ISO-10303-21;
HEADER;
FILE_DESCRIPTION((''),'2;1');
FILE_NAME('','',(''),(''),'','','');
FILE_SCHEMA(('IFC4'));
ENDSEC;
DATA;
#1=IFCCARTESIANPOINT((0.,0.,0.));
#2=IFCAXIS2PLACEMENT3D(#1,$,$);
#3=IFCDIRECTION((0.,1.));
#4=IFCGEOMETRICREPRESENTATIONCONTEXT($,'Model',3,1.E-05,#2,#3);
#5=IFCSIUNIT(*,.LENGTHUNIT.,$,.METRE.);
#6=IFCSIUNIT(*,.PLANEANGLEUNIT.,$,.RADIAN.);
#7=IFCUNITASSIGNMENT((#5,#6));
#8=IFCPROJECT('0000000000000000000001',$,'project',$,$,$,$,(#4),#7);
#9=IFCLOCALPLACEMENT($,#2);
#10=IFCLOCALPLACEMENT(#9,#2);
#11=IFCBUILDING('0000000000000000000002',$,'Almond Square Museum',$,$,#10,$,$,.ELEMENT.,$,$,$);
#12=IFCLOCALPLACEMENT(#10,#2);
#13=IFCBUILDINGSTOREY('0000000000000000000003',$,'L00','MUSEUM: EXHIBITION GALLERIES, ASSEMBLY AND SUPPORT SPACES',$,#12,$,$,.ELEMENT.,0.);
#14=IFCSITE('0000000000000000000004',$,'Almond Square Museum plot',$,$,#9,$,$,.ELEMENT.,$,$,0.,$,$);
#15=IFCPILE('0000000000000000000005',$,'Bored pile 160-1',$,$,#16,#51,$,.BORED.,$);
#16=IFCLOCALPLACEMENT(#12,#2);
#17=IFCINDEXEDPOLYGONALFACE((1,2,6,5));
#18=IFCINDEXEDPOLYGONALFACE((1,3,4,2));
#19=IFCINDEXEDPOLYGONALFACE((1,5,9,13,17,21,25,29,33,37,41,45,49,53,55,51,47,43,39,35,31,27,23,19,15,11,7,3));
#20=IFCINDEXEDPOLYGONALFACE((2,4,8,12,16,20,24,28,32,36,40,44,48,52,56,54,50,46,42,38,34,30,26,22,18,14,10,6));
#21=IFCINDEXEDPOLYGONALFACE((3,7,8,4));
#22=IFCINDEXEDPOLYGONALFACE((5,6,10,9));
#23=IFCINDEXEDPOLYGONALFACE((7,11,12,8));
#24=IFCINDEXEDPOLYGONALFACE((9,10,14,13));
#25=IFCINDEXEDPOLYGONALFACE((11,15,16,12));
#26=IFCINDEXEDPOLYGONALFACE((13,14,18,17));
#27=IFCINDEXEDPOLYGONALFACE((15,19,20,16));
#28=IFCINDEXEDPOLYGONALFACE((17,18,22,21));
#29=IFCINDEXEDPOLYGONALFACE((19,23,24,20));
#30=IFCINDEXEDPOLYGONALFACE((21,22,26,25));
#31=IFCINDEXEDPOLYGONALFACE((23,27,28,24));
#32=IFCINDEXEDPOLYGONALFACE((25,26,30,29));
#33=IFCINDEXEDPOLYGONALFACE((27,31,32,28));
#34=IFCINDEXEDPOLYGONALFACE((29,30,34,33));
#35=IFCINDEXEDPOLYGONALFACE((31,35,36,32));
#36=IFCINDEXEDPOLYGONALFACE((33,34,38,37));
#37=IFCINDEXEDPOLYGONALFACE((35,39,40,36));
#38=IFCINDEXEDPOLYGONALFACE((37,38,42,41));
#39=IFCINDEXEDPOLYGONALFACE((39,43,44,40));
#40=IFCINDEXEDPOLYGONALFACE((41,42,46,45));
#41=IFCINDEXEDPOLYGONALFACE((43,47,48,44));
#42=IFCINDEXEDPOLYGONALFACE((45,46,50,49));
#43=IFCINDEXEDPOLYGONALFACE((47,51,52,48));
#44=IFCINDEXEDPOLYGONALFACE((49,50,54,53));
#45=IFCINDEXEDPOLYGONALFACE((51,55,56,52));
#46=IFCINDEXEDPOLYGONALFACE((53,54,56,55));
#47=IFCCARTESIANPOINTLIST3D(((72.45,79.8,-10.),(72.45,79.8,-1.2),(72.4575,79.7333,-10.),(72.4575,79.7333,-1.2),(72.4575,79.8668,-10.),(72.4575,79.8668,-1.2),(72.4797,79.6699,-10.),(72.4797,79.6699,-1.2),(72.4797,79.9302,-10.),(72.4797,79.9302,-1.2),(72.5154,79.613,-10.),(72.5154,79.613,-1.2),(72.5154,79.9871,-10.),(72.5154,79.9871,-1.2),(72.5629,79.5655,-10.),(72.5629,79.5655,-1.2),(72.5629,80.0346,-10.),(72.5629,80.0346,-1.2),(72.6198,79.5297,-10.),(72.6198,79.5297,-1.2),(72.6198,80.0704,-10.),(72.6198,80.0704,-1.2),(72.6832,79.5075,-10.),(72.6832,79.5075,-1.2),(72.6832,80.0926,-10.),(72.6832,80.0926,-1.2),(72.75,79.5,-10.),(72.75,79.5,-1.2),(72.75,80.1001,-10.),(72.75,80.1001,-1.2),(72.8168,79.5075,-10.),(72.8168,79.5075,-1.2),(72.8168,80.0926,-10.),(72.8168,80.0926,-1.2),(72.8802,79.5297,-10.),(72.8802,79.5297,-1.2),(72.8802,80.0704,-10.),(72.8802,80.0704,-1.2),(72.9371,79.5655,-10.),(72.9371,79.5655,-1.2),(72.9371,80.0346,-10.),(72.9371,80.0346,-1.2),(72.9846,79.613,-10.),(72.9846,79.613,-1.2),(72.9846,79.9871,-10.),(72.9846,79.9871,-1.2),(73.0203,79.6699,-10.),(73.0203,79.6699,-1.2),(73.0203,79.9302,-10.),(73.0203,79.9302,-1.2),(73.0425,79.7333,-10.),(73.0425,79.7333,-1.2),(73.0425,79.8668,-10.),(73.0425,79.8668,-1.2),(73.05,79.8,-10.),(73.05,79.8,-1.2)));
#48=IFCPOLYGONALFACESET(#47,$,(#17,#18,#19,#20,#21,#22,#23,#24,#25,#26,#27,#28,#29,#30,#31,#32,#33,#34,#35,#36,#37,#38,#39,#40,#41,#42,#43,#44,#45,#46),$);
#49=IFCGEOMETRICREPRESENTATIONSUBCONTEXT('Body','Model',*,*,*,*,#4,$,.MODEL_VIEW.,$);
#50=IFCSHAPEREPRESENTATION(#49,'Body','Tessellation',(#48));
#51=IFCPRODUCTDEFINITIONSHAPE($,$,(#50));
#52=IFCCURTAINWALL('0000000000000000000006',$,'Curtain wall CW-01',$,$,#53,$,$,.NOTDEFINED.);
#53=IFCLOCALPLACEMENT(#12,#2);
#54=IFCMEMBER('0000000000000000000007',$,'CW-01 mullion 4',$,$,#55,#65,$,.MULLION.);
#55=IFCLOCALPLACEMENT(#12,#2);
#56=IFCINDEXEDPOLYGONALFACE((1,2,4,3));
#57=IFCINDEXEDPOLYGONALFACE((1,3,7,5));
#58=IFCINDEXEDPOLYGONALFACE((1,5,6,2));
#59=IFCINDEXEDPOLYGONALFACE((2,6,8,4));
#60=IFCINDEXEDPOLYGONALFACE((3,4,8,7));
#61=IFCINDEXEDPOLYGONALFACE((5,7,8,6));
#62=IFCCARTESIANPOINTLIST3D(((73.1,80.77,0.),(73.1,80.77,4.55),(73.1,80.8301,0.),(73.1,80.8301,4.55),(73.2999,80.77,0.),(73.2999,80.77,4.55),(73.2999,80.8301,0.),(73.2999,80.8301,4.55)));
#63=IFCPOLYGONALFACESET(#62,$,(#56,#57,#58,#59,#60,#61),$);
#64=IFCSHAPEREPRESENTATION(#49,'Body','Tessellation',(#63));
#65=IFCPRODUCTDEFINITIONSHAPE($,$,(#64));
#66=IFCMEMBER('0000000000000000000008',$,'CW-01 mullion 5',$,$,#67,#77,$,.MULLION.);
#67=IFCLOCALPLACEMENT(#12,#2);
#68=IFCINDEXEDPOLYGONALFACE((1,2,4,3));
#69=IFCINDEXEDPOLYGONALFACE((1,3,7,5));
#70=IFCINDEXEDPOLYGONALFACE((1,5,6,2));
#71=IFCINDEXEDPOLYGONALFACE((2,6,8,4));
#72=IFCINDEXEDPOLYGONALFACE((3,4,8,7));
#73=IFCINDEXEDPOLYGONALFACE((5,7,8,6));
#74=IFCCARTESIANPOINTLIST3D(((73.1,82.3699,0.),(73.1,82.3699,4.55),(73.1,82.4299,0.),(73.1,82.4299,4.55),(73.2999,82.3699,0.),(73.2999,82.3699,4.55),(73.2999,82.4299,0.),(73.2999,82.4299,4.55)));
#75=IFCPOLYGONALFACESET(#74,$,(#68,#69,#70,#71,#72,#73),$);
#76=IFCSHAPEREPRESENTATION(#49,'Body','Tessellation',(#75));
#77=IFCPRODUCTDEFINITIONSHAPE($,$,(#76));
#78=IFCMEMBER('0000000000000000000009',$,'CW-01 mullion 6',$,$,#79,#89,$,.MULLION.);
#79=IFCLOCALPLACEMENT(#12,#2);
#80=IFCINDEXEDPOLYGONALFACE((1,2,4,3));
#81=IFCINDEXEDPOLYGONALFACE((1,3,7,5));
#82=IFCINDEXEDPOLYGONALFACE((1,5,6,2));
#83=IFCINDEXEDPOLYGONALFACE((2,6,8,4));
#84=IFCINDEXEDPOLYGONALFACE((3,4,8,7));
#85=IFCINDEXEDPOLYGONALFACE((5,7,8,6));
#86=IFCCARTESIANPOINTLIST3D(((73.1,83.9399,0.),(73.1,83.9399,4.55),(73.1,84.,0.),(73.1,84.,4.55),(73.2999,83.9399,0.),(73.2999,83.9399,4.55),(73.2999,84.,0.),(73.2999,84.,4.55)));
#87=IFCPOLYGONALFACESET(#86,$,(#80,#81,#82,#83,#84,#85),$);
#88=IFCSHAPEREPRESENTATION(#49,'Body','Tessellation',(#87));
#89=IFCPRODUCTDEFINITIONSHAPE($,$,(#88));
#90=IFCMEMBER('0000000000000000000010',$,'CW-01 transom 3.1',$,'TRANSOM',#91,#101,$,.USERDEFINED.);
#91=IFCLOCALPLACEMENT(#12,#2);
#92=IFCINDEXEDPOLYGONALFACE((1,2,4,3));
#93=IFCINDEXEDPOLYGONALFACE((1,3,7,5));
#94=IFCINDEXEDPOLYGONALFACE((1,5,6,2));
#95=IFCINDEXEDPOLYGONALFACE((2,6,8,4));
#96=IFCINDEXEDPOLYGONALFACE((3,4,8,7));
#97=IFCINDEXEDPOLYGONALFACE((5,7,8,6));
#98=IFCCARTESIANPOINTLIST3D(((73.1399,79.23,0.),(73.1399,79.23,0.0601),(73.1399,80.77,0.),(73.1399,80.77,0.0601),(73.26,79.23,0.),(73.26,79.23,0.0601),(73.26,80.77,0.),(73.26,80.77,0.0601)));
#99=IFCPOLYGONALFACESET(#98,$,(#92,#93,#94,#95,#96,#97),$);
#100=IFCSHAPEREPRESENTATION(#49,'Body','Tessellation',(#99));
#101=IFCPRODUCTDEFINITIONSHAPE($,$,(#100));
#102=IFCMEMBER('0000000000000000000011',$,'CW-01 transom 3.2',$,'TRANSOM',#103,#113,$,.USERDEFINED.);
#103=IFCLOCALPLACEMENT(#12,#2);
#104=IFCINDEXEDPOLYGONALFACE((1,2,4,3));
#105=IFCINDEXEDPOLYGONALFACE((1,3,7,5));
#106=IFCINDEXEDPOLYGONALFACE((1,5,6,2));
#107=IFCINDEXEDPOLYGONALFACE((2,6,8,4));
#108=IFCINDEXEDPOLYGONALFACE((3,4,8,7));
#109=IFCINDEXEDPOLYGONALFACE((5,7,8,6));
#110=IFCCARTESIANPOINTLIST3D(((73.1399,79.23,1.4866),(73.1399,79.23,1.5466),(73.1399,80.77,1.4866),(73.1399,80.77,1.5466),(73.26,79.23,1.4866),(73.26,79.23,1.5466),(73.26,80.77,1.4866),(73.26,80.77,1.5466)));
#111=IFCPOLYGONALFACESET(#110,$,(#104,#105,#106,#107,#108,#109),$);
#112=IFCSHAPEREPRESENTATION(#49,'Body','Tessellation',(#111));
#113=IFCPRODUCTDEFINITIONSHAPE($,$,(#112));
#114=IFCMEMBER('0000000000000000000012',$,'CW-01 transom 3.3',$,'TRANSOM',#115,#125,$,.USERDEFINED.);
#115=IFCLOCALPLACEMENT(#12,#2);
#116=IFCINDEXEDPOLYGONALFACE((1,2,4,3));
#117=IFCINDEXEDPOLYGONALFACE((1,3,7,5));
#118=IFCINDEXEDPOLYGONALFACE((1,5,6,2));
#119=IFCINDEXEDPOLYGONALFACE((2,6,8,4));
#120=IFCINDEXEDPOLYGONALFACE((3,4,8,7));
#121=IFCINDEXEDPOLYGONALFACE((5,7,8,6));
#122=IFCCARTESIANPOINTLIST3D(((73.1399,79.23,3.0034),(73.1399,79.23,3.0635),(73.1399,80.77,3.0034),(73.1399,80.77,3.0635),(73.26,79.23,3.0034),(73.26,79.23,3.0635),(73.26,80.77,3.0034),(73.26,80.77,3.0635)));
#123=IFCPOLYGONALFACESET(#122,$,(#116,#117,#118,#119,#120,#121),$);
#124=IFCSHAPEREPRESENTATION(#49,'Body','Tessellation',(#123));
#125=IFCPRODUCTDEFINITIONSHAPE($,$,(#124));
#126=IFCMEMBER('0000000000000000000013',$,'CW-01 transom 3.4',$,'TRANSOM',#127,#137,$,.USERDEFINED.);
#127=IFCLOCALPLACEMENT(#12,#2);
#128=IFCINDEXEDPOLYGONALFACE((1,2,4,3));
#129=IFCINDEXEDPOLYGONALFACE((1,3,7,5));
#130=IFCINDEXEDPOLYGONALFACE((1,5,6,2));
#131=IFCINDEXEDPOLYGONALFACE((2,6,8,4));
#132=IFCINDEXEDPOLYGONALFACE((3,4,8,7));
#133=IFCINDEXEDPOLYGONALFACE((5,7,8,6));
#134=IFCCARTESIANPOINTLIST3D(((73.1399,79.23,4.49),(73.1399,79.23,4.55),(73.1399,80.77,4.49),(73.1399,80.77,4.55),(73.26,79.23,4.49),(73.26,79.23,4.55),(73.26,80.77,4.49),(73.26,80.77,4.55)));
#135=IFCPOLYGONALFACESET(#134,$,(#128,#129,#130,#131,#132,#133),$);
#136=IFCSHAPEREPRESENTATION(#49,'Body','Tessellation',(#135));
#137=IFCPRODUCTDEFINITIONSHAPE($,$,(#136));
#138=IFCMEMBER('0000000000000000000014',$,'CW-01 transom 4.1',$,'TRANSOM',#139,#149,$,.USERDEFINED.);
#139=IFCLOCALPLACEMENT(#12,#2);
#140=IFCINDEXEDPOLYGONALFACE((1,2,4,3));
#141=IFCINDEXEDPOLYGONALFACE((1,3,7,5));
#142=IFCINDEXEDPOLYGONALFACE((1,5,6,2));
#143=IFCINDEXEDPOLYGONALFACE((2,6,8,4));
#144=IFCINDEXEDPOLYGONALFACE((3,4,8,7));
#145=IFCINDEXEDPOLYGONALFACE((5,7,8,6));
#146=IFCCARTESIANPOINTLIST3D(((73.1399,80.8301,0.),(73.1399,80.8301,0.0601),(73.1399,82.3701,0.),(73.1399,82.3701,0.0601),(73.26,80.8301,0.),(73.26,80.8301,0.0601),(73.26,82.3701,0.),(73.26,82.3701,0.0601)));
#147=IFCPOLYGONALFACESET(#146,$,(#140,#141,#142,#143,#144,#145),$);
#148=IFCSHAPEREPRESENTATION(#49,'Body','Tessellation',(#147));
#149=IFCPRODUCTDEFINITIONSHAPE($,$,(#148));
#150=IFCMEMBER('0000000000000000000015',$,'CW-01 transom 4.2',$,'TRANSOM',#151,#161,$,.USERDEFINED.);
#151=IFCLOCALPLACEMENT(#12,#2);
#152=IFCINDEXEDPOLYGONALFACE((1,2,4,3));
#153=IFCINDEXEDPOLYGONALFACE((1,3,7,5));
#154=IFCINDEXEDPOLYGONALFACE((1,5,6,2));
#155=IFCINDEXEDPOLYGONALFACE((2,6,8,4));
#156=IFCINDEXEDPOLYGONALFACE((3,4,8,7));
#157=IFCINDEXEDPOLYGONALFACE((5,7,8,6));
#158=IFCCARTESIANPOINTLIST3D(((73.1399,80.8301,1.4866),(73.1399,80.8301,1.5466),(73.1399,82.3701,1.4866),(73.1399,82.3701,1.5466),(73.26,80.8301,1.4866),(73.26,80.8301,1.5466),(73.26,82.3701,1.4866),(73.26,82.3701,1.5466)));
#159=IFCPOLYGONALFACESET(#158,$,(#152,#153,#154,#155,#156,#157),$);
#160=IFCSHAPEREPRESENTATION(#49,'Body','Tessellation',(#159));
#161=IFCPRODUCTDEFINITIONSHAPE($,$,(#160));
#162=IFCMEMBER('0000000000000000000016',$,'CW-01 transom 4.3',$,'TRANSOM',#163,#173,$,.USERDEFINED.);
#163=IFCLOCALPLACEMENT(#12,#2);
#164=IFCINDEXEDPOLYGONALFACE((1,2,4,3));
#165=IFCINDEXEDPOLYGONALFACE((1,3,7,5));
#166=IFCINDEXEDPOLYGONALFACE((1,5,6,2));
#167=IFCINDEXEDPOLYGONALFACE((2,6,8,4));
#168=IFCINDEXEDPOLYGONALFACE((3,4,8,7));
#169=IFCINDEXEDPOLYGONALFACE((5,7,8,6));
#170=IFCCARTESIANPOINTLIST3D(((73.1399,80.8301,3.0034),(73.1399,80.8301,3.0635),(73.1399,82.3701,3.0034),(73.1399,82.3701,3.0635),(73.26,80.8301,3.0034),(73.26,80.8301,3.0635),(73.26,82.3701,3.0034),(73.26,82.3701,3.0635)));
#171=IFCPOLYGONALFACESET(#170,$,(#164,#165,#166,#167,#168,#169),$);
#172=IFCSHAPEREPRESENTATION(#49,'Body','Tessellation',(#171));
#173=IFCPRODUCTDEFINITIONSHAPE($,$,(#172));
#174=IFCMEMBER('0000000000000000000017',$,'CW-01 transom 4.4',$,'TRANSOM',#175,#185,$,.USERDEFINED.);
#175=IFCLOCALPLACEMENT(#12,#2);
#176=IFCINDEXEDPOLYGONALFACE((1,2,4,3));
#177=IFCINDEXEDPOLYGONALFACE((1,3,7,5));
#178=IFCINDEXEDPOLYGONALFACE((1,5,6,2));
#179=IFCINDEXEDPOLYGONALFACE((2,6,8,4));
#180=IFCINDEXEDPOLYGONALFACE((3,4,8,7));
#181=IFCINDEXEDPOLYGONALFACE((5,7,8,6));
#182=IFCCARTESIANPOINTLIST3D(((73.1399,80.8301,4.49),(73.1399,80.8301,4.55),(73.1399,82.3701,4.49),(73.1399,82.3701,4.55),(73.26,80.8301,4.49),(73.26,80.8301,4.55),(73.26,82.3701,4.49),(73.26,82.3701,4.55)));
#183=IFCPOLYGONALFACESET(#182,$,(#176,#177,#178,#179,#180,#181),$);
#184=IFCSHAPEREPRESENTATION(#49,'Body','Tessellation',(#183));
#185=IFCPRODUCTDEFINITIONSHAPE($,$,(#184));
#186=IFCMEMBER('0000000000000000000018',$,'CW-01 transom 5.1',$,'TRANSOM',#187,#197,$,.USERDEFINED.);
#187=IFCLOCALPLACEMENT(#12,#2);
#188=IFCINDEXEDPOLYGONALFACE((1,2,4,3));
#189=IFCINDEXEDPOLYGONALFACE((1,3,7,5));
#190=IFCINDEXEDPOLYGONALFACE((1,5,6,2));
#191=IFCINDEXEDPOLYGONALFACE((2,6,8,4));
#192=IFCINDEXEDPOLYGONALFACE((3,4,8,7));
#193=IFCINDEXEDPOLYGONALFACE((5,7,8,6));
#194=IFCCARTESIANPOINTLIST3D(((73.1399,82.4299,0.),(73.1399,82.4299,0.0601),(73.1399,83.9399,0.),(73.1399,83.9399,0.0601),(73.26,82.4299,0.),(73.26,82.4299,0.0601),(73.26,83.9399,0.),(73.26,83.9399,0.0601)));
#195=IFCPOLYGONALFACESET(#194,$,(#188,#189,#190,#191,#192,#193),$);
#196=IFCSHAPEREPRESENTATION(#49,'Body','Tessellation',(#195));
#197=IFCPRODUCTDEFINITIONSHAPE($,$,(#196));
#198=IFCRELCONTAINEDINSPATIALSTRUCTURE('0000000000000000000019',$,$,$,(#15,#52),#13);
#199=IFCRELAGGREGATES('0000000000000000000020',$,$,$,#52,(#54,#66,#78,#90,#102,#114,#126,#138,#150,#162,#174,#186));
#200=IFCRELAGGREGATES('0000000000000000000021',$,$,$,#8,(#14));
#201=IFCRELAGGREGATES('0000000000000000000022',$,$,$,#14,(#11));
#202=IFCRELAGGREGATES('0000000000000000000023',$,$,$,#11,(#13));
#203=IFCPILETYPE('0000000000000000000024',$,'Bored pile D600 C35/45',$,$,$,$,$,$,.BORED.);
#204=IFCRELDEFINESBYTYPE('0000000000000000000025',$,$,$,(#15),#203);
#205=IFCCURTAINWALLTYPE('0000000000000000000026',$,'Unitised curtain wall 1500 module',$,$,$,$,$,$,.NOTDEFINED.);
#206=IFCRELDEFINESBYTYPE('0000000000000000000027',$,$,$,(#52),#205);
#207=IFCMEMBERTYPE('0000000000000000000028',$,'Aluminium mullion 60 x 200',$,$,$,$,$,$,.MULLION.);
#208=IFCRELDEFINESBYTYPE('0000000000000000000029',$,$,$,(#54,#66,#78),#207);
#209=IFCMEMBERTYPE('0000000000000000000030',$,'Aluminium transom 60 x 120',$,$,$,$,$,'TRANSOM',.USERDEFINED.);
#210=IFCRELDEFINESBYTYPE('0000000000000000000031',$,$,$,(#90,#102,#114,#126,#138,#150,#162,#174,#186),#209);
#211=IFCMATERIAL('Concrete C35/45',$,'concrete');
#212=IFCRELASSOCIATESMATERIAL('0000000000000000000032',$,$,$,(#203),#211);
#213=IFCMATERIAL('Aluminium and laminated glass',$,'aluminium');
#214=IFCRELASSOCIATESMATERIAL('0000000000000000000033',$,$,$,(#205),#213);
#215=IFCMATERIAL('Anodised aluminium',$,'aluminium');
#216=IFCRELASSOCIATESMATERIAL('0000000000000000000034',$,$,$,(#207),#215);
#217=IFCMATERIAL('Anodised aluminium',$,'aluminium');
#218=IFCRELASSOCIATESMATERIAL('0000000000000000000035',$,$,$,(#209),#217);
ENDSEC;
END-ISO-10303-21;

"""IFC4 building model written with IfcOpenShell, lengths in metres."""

from ifc_helpers import new_model, si_unit, direction, frame, origin, origin_2d, place, context, subcontext, project, spatial, rectangle, circle, extrude, material, material_profile, profile_set, type_object, element, aggregate, save


model = new_model("IFC4")

# Units and contexts
model_context = context("Model", 3, precision=1e-05, world=origin(), true_north=direction((0.0, 1.0)))
body_context = subcontext(model_context, "Body", "Model", "MODEL_VIEW")
ifc_project = project(units=[si_unit("LENGTHUNIT", "METRE"), si_unit("PLANEANGLEUNIT", "RADIAN")], contexts=[model_context])

# Site, building, storey
site_placement = place(None, origin())
site = spatial("IfcSite", under=ifc_project, at=site_placement, Name="Almond Square Museum plot", CompositionType="ELEMENT", RefElevation=0.0)
building_placement = place(site_placement, origin())
building = spatial("IfcBuilding", under=site, at=building_placement, Name="Almond Square Museum", CompositionType="ELEMENT")
storey_placement = place(building_placement, origin())
storey = spatial("IfcBuildingStorey", under=building, at=storey_placement, Name="L00", Description="MUSEUM: EXHIBITION GALLERIES, ASSEMBLY AND SUPPORT SPACES", CompositionType="ELEMENT", Elevation=0.0)

# Pile
ifc_material_1 = material(Name="Concrete C35/45", Category="concrete")
ifc_material_profile_1 = material_profile(ifc_material_1, circle(Radius=0.3, at=origin_2d()))
ifc_profile_set_1 = profile_set([ifc_material_profile_1], Name="Concrete C35/45")
pile_type = type_object("IfcPileType", Name="Bored pile D600 C35/45", PredefinedType="BORED", material=ifc_profile_set_1)
pile_placement = place(storey_placement, frame((72.75, 79.8, -1.2), z_axis=(0.0, 0.0, -1.0), x_axis=(1.0, 0.0, 0.0)))
element("IfcPile", 1, at=pile_placement, inside=storey, type_object=pile_type, Name="Bored pile 160-1", PredefinedType="BORED", context=body_context, shape_type="SweptSolid", body=[
    extrude(circle(Radius=0.3, at=origin_2d()), origin(), (0.0, 0.0, 1.0), 8.8),
])

# Curtain wall, members
ifc_material_2 = material(Name="Aluminium and laminated glass", Category="aluminium")
curtain_wall_type = type_object("IfcCurtainWallType", Name="Unitised curtain wall 1500 module", PredefinedType="NOTDEFINED", material=ifc_material_2)
curtain_wall_placement = place(storey_placement, origin())
curtain_wall = element("IfcCurtainWall", 2, at=curtain_wall_placement, inside=storey, type_object=curtain_wall_type, Name="Curtain wall CW-01", PredefinedType="NOTDEFINED")
ifc_material_3 = material(Name="Anodised aluminium", Category="aluminium")
ifc_material_profile_2 = material_profile(ifc_material_3, rectangle(XDim=0.2, YDim=0.0601, at=origin_2d()))
ifc_profile_set_2 = profile_set([ifc_material_profile_2], Name="Anodised aluminium")
member_type_1 = type_object("IfcMemberType", Name="Aluminium mullion 60 x 200", PredefinedType="MULLION", material=ifc_profile_set_2)
member_1_placement = place(storey_placement, frame((73.2, 80.8, 0.0), z_axis=(0.0, 0.0, 1.0), x_axis=(-1.0, 0.0, 0.0)))
member_1 = element("IfcMember", 3, at=member_1_placement, type_object=member_type_1, Name="CW-01 mullion 4", PredefinedType="MULLION", context=body_context, shape_type="SweptSolid", body=[
    extrude(rectangle(XDim=0.2, YDim=0.0601, at=origin_2d()), origin(), (0.0, 0.0, 1.0), 4.55),
])
member_2_placement = place(storey_placement, frame((73.2, 82.3999, 0.0), z_axis=(0.0, 0.0, 1.0), x_axis=(-1.0, 0.0, 0.0)))
member_2 = element("IfcMember", 4, at=member_2_placement, type_object=member_type_1, Name="CW-01 mullion 5", PredefinedType="MULLION", context=body_context, shape_type="SweptSolid", body=[
    extrude(rectangle(XDim=0.2, YDim=0.0601, at=origin_2d()), origin(), (0.0, 0.0, 1.0), 4.55),
])
member_3_placement = place(storey_placement, frame((73.2, 83.97, 0.0), z_axis=(0.0, 0.0, 1.0), x_axis=(-1.0, 0.0, 0.0)))
member_3 = element("IfcMember", 5, at=member_3_placement, type_object=member_type_1, Name="CW-01 mullion 6", PredefinedType="MULLION", context=body_context, shape_type="SweptSolid", body=[
    extrude(rectangle(XDim=0.2, YDim=0.0601, at=origin_2d()), origin(), (0.0, 0.0, 1.0), 4.55),
])
ifc_material_4 = material(Name="Anodised aluminium", Category="aluminium")
ifc_material_profile_3 = material_profile(ifc_material_4, rectangle(XDim=0.1201, YDim=0.0601, at=origin_2d()))
ifc_profile_set_3 = profile_set([ifc_material_profile_3], Name="Anodised aluminium")
member_type_2 = type_object("IfcMemberType", Name="Aluminium transom 60 x 120", ElementType="TRANSOM", PredefinedType="USERDEFINED", material=ifc_profile_set_3)
member_4_placement = place(storey_placement, frame((73.2, 79.23, 0.03), z_axis=(0.0, 1.0, 0.0), x_axis=(-1.0, 0.0, 0.0)))
member_4 = element("IfcMember", 6, at=member_4_placement, type_object=member_type_2, Name="CW-01 transom 3.1", ObjectType="TRANSOM", PredefinedType="USERDEFINED", context=body_context, shape_type="SweptSolid", body=[
    extrude(rectangle(XDim=0.1201, YDim=0.0601, at=origin_2d()), origin(), (0.0, 0.0, 1.0), 1.54),
])
member_5_placement = place(storey_placement, frame((73.2, 79.23, 1.5166), z_axis=(0.0, 1.0, 0.0), x_axis=(-1.0, 0.0, 0.0)))
member_5 = element("IfcMember", 7, at=member_5_placement, type_object=member_type_2, Name="CW-01 transom 3.2", ObjectType="TRANSOM", PredefinedType="USERDEFINED", context=body_context, shape_type="SweptSolid", body=[
    extrude(rectangle(XDim=0.1201, YDim=0.0601, at=origin_2d()), origin(), (0.0, 0.0, 1.0), 1.54),
])
member_6_placement = place(storey_placement, frame((73.2, 79.23, 3.0334), z_axis=(0.0, 1.0, 0.0), x_axis=(-1.0, 0.0, 0.0)))
member_6 = element("IfcMember", 8, at=member_6_placement, type_object=member_type_2, Name="CW-01 transom 3.3", ObjectType="TRANSOM", PredefinedType="USERDEFINED", context=body_context, shape_type="SweptSolid", body=[
    extrude(rectangle(XDim=0.1201, YDim=0.0601, at=origin_2d()), origin(), (0.0, 0.0, 1.0), 1.54),
])
member_7_placement = place(storey_placement, frame((73.2, 79.23, 4.52), z_axis=(0.0, 1.0, 0.0), x_axis=(-1.0, 0.0, 0.0)))
member_7 = element("IfcMember", 9, at=member_7_placement, type_object=member_type_2, Name="CW-01 transom 3.4", ObjectType="TRANSOM", PredefinedType="USERDEFINED", context=body_context, shape_type="SweptSolid", body=[
    extrude(rectangle(XDim=0.1201, YDim=0.0601, at=origin_2d()), origin(), (0.0, 0.0, 1.0), 1.54),
])
member_8_placement = place(storey_placement, frame((73.2, 80.8301, 0.03), z_axis=(0.0, 1.0, 0.0), x_axis=(-1.0, 0.0, 0.0)))
member_8 = element("IfcMember", 10, at=member_8_placement, type_object=member_type_2, Name="CW-01 transom 4.1", ObjectType="TRANSOM", PredefinedType="USERDEFINED", context=body_context, shape_type="SweptSolid", body=[
    extrude(rectangle(XDim=0.1201, YDim=0.0601, at=origin_2d()), origin(), (0.0, 0.0, 1.0), 1.54),
])
member_9_placement = place(storey_placement, frame((73.2, 80.8301, 1.5166), z_axis=(0.0, 1.0, 0.0), x_axis=(-1.0, 0.0, 0.0)))
member_9 = element("IfcMember", 11, at=member_9_placement, type_object=member_type_2, Name="CW-01 transom 4.2", ObjectType="TRANSOM", PredefinedType="USERDEFINED", context=body_context, shape_type="SweptSolid", body=[
    extrude(rectangle(XDim=0.1201, YDim=0.0601, at=origin_2d()), origin(), (0.0, 0.0, 1.0), 1.54),
])
member_10_placement = place(storey_placement, frame((73.2, 80.8301, 3.0334), z_axis=(0.0, 1.0, 0.0), x_axis=(-1.0, 0.0, 0.0)))
member_10 = element("IfcMember", 12, at=member_10_placement, type_object=member_type_2, Name="CW-01 transom 4.3", ObjectType="TRANSOM", PredefinedType="USERDEFINED", context=body_context, shape_type="SweptSolid", body=[
    extrude(rectangle(XDim=0.1201, YDim=0.0601, at=origin_2d()), origin(), (0.0, 0.0, 1.0), 1.54),
])
member_11_placement = place(storey_placement, frame((73.2, 80.8301, 4.52), z_axis=(0.0, 1.0, 0.0), x_axis=(-1.0, 0.0, 0.0)))
member_11 = element("IfcMember", 13, at=member_11_placement, type_object=member_type_2, Name="CW-01 transom 4.4", ObjectType="TRANSOM", PredefinedType="USERDEFINED", context=body_context, shape_type="SweptSolid", body=[
    extrude(rectangle(XDim=0.1201, YDim=0.0601, at=origin_2d()), origin(), (0.0, 0.0, 1.0), 1.54),
])
member_12_placement = place(storey_placement, frame((73.2, 82.4299, 0.03), z_axis=(0.0, 1.0, 0.0), x_axis=(-1.0, 0.0, 0.0)))
member_12 = element("IfcMember", 14, at=member_12_placement, type_object=member_type_2, Name="CW-01 transom 5.1", ObjectType="TRANSOM", PredefinedType="USERDEFINED", context=body_context, shape_type="SweptSolid", body=[
    extrude(rectangle(XDim=0.1201, YDim=0.0601, at=origin_2d()), origin(), (0.0, 0.0, 1.0), 1.51),
])

aggregate(curtain_wall, [member_1, member_2, member_3, member_4, member_5, member_6, member_7, member_8, member_9, member_10, member_11, member_12])

save(model, "model.ifc")
